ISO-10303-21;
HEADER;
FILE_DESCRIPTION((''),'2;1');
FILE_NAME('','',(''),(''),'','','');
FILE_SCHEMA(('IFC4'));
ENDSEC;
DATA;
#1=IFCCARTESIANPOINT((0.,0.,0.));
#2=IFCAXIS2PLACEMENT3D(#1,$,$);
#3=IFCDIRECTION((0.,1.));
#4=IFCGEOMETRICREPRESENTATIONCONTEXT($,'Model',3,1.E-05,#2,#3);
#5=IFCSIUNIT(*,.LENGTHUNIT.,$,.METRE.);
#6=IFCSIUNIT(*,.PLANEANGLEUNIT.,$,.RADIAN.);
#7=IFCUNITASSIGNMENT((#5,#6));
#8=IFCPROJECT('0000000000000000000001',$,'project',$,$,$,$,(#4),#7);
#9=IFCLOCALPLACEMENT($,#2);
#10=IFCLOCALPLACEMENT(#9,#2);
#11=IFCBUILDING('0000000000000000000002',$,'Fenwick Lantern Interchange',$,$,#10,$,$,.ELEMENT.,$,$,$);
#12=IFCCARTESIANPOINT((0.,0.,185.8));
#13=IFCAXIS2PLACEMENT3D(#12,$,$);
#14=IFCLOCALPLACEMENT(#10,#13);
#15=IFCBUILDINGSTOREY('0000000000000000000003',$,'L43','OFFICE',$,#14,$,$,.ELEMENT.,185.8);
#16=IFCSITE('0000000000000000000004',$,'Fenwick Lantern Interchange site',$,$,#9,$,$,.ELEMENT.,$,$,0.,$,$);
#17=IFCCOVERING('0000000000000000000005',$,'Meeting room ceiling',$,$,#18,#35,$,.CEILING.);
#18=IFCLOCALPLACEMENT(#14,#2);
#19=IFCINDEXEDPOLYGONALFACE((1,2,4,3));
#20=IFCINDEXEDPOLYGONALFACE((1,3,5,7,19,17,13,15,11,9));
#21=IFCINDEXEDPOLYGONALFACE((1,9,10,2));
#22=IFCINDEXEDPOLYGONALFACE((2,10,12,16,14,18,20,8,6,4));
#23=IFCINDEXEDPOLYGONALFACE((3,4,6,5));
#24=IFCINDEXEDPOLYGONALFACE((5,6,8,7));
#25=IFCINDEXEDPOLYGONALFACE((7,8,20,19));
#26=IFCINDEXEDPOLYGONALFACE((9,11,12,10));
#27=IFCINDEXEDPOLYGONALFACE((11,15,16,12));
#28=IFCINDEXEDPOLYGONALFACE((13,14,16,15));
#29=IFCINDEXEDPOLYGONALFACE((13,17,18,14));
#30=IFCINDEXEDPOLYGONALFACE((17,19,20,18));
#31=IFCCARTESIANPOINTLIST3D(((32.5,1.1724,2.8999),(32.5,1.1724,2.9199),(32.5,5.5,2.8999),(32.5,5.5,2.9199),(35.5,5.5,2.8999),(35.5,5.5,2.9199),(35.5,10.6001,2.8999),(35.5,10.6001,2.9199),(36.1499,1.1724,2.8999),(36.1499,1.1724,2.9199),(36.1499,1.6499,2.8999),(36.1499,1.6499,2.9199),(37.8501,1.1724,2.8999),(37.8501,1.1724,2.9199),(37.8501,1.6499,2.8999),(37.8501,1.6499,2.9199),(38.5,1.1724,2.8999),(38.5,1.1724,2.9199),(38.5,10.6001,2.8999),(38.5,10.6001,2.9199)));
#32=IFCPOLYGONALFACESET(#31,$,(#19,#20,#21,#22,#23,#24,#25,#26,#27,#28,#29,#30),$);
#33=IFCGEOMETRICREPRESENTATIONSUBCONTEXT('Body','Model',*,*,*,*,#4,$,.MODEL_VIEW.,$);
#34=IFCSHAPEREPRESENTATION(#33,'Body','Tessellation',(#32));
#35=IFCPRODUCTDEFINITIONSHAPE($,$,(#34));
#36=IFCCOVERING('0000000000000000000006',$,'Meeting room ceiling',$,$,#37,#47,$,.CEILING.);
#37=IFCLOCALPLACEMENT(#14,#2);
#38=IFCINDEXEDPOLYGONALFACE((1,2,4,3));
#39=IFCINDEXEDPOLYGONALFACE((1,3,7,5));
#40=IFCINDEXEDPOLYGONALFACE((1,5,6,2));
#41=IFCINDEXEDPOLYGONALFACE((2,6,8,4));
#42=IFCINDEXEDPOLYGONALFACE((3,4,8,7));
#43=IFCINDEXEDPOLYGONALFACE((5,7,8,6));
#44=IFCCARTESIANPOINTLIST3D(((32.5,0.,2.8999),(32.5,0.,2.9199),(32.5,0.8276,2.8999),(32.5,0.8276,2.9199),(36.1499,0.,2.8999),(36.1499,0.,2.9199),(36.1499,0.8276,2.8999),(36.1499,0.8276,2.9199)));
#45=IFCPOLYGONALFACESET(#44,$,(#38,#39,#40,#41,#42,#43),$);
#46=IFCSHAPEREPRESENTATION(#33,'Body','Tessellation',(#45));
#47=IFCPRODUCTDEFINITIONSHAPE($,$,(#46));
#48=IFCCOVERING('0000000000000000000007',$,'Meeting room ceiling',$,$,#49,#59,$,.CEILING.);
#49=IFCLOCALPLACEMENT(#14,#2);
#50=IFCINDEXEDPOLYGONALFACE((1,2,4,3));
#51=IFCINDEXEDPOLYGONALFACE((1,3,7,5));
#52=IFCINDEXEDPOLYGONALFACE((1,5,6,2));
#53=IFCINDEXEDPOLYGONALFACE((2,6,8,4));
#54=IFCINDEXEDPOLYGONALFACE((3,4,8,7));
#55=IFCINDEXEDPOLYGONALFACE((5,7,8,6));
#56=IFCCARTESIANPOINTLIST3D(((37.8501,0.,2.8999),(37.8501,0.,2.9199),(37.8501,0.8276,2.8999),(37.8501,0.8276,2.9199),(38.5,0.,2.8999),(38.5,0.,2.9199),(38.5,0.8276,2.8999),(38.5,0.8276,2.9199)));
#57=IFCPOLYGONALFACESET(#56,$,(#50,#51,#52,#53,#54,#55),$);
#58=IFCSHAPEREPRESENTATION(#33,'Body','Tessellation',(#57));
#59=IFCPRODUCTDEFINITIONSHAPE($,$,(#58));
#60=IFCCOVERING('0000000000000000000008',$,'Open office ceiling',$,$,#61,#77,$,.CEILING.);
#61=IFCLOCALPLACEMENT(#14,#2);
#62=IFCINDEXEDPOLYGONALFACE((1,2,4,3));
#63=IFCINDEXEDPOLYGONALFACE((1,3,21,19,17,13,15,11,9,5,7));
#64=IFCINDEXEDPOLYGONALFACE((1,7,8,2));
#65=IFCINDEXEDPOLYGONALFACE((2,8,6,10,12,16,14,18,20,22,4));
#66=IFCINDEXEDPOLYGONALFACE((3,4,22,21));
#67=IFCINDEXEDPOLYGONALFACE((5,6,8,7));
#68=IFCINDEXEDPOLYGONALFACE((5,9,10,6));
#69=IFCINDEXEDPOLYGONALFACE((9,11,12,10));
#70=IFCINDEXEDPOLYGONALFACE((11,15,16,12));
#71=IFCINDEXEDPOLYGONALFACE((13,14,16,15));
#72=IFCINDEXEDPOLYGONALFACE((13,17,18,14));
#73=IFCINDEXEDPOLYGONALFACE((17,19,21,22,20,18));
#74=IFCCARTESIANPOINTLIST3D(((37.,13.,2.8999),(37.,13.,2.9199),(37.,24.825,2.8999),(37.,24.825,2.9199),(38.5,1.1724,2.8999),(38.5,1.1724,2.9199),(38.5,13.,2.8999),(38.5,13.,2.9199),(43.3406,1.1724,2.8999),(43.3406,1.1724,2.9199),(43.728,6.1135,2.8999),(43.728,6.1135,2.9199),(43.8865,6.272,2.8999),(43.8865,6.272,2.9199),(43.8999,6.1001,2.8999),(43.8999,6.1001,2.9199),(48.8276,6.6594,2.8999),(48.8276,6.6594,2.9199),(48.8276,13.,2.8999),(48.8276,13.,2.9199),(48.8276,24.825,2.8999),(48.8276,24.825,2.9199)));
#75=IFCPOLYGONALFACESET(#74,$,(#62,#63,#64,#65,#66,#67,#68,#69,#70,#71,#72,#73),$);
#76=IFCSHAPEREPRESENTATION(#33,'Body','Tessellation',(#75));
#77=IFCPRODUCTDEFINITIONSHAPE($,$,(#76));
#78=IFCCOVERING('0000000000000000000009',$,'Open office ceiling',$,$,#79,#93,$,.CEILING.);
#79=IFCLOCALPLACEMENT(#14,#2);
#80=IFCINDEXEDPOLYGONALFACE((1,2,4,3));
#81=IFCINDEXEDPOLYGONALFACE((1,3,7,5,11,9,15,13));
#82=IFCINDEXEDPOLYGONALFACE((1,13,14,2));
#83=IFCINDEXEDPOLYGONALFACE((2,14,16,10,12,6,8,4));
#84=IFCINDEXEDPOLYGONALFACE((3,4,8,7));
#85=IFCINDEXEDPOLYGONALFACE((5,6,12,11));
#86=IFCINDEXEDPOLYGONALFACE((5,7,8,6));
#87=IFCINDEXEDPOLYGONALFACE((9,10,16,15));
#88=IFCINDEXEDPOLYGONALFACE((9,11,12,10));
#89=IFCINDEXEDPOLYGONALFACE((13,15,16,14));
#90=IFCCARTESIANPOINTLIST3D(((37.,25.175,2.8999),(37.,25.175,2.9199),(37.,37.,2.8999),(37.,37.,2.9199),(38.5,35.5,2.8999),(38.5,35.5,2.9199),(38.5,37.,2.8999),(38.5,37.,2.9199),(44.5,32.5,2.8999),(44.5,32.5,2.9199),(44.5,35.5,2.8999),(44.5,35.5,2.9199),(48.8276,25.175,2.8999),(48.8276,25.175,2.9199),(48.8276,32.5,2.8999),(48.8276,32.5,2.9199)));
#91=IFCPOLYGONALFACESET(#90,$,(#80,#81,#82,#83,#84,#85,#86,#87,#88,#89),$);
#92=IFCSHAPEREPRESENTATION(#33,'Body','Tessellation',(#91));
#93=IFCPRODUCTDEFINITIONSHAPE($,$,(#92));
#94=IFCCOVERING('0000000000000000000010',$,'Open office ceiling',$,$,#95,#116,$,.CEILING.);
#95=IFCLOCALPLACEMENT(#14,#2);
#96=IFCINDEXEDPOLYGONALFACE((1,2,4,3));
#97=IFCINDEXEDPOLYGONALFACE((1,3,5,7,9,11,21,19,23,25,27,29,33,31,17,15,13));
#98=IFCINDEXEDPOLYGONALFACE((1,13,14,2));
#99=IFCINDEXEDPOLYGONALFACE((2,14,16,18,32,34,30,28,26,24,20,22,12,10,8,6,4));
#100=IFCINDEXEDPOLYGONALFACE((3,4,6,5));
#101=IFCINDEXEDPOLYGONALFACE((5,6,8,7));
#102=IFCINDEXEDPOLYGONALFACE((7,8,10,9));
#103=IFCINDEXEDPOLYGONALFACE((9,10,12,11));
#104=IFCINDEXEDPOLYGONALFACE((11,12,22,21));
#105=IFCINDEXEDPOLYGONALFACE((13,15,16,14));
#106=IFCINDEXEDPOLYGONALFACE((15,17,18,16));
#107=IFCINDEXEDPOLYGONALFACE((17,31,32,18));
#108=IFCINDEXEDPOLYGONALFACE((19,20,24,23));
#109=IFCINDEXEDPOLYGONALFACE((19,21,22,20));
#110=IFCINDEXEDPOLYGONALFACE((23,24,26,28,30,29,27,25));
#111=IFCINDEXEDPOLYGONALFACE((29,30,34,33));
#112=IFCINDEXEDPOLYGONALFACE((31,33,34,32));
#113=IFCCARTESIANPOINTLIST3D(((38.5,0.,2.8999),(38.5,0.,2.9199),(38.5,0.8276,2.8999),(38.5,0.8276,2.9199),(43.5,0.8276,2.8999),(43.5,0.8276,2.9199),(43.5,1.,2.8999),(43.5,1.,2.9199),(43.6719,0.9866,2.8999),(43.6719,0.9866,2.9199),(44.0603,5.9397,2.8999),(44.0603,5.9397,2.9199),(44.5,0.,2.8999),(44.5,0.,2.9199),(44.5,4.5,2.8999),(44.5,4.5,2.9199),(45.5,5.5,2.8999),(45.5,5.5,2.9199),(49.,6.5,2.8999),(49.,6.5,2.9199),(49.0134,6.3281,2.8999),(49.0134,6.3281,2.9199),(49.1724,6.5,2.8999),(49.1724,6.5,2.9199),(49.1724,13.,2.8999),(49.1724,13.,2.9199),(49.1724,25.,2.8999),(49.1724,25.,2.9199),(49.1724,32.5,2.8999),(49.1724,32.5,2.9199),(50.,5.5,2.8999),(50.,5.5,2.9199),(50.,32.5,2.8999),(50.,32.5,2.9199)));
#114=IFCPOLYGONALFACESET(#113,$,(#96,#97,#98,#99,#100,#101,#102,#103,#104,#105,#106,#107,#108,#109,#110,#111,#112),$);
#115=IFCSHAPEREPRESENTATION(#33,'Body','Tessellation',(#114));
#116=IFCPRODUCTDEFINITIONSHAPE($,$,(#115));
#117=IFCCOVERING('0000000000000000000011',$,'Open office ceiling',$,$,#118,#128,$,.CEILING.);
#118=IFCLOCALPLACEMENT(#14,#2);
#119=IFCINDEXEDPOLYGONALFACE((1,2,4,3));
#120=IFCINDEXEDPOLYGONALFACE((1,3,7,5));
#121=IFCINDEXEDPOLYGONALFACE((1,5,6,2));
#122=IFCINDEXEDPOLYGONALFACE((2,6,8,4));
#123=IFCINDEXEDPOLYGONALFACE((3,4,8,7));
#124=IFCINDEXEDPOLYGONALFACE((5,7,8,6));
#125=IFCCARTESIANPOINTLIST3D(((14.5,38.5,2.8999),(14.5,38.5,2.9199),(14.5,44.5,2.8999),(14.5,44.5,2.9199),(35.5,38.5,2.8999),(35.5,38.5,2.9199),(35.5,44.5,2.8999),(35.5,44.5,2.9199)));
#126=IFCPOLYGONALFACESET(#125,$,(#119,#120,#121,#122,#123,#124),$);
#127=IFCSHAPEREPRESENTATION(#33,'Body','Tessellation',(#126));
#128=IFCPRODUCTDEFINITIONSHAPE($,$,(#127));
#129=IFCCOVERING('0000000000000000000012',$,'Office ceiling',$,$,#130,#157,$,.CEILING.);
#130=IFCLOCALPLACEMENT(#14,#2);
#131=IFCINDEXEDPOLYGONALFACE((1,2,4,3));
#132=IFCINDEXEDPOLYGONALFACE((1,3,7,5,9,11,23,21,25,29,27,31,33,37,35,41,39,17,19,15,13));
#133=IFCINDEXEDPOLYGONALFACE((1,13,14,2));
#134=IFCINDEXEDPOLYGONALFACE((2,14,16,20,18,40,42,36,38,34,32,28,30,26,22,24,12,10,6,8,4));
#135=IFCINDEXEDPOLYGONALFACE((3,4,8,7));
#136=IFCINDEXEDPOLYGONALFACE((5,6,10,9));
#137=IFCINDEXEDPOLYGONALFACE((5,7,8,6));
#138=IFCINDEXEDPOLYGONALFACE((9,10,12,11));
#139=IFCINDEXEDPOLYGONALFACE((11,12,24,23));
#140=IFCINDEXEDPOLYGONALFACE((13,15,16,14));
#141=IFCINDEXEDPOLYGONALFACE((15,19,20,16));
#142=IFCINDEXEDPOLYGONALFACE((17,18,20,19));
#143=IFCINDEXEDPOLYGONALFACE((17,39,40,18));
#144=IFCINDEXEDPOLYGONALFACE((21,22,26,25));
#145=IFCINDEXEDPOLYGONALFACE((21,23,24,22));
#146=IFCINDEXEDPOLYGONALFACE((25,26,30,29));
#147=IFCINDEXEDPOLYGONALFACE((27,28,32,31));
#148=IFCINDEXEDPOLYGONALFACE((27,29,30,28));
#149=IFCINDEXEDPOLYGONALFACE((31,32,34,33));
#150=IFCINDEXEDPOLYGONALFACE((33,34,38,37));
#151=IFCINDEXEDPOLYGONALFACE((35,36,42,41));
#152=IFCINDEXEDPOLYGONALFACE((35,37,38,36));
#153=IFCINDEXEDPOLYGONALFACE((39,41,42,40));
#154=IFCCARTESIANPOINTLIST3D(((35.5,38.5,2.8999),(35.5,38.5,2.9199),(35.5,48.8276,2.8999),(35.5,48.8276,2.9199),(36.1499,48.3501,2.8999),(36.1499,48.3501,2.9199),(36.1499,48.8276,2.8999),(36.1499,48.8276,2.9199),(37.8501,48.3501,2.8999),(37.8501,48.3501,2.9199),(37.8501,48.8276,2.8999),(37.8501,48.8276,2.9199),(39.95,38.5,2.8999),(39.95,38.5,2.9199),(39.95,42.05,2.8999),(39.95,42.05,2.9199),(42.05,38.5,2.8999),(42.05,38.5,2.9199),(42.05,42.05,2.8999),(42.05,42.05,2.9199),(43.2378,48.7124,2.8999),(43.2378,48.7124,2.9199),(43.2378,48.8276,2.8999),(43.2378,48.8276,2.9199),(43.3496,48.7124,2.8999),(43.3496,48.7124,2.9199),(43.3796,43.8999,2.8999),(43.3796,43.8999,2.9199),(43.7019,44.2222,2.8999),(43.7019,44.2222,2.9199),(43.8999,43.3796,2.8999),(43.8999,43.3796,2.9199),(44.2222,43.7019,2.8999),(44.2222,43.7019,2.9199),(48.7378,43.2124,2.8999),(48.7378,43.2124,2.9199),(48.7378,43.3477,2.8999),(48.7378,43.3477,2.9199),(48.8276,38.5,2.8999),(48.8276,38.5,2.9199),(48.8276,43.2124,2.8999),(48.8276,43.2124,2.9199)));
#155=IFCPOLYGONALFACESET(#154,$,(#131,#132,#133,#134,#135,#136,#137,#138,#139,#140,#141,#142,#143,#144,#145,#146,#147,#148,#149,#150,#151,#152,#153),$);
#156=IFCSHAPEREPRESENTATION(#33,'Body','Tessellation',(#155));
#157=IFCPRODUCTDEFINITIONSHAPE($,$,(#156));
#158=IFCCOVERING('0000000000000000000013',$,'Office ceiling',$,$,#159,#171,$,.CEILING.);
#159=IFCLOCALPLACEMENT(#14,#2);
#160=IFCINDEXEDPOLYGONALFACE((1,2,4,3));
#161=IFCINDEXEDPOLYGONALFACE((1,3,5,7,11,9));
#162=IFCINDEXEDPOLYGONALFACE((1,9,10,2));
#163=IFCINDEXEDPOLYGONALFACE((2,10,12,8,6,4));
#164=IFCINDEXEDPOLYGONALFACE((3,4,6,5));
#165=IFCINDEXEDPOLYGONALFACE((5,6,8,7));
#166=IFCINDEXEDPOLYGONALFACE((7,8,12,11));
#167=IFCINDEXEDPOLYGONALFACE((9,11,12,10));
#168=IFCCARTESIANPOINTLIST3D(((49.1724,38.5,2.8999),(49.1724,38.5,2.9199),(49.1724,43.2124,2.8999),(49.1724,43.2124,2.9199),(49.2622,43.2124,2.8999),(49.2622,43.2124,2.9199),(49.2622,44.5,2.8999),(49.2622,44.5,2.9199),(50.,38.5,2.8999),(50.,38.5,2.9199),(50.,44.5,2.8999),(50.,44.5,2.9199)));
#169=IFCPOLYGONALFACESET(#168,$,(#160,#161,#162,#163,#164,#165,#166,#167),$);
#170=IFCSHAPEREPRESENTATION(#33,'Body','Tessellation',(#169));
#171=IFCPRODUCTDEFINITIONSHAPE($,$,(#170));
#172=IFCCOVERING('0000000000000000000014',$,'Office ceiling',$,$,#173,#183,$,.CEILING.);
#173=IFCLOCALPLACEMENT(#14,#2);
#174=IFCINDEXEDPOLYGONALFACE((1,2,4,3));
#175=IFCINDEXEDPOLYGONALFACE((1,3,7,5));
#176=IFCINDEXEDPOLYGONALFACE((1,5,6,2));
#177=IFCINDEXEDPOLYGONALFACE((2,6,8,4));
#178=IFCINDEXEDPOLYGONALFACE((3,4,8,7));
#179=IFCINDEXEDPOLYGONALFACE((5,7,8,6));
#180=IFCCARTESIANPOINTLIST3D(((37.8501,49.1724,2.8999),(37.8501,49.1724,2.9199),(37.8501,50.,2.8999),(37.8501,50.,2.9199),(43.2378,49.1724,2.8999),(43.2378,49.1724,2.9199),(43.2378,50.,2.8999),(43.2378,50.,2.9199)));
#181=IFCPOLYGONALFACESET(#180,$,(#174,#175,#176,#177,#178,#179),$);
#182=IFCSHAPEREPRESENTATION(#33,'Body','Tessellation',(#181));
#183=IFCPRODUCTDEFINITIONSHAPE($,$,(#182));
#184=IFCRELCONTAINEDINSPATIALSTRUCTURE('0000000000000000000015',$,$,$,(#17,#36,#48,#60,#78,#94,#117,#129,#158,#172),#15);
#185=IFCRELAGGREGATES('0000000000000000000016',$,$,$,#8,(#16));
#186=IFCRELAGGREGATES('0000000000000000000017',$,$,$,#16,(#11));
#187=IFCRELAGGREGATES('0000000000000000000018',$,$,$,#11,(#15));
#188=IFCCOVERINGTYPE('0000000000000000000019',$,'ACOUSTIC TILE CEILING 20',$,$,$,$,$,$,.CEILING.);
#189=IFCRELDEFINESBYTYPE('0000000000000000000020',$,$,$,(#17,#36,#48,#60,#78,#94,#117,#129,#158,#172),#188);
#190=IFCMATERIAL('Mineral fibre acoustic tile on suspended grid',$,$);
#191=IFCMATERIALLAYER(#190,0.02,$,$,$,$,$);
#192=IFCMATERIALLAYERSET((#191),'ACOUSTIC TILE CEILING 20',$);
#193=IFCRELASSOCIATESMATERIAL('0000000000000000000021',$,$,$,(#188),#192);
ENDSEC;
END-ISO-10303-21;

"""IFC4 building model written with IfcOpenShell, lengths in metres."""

from ifc_helpers import new_model, si_unit, direction, frame, origin, place, context, subcontext, project, spatial, polyline, outline, extrude, material, layer, layer_set, type_object, element, save


model = new_model("IFC4")

# Units and contexts
model_context = context("Model", 3, precision=1e-05, world=origin(), true_north=direction((0.0, 1.0)))
body_context = subcontext(model_context, "Body", "Model", "MODEL_VIEW")
ifc_project = project(units=[si_unit("LENGTHUNIT", "METRE"), si_unit("PLANEANGLEUNIT", "RADIAN")], contexts=[model_context])

# Site, building, storey
site_placement = place(None, origin())
site = spatial("IfcSite", under=ifc_project, at=site_placement, Name="Fenwick Lantern Interchange site", CompositionType="ELEMENT", RefElevation=0.0)
building_placement = place(site_placement, origin())
building = spatial("IfcBuilding", under=site, at=building_placement, Name="Fenwick Lantern Interchange", CompositionType="ELEMENT")
storey_placement = place(building_placement, frame((0.0, 0.0, 185.8)))
storey = spatial("IfcBuildingStorey", under=building, at=storey_placement, Name="L43", Description="OFFICE", CompositionType="ELEMENT", Elevation=185.8)

# Coverings
ifc_material = material(Name="Mineral fibre acoustic tile on suspended grid")
ifc_layer = layer(ifc_material, 0.02)
ifc_layer_set = layer_set([ifc_layer], Name="ACOUSTIC TILE CEILING 20")
covering_type = type_object("IfcCoveringType", Name="ACOUSTIC TILE CEILING 20", PredefinedType="CEILING", material=ifc_layer_set)
covering_1_placement = place(storey_placement, frame((0.0, 0.0, 2.8999)))
element("IfcCovering", 1, at=covering_1_placement, inside=storey, type_object=covering_type, Name="Meeting room ceiling", PredefinedType="CEILING", context=body_context, shape_type="SweptSolid", body=[
    extrude(outline(polyline([(37.8501, 1.6499), (37.8501, 1.1724), (38.5, 1.1724), (38.5, 10.6001), (35.5, 10.6001), (35.5, 5.5), (32.5, 5.5), (32.5, 1.1724), (36.1499, 1.1724), (36.1499, 1.6499), (37.8501, 1.6499)])), origin(), (0.0, 0.0, 1.0), 0.02),
])
covering_2_placement = place(storey_placement, frame((0.0, 0.0, 2.8999)))
element("IfcCovering", 2, at=covering_2_placement, inside=storey, type_object=covering_type, Name="Meeting room ceiling", PredefinedType="CEILING", context=body_context, shape_type="SweptSolid", body=[
    extrude(outline(polyline([(36.1499, 0.0), (36.1499, 0.8276), (32.5, 0.8276), (32.5, 0.0), (36.1499, 0.0)])), origin(), (0.0, 0.0, 1.0), 0.02),
])
covering_3_placement = place(storey_placement, frame((0.0, 0.0, 2.8999)))
element("IfcCovering", 3, at=covering_3_placement, inside=storey, type_object=covering_type, Name="Meeting room ceiling", PredefinedType="CEILING", context=body_context, shape_type="SweptSolid", body=[
    extrude(outline(polyline([(37.8501, 0.8276), (37.8501, 0.0), (38.5, 0.0), (38.5, 0.8276), (37.8501, 0.8276)])), origin(), (0.0, 0.0, 1.0), 0.02),
])
covering_4_placement = place(storey_placement, frame((0.0, 0.0, 2.8999)))
element("IfcCovering", 4, at=covering_4_placement, inside=storey, type_object=covering_type, Name="Open office ceiling", PredefinedType="CEILING", context=body_context, shape_type="SweptSolid", body=[
    extrude(outline(polyline([(38.5, 13.0), (38.5, 1.1724), (43.3406, 1.1724), (43.728, 6.1135), (43.8999, 6.1001), (43.8865, 6.272), (48.8276, 6.6594), (48.8276, 13.0), (48.8276, 24.825), (37.0, 24.825), (37.0, 13.0), (38.5, 13.0)])), origin(), (0.0, 0.0, 1.0), 0.02),
])
covering_5_placement = place(storey_placement, frame((0.0, 0.0, 2.8999)))
element("IfcCovering", 5, at=covering_5_placement, inside=storey, type_object=covering_type, Name="Open office ceiling", PredefinedType="CEILING", context=body_context, shape_type="SweptSolid", body=[
    extrude(outline(polyline([(37.0, 37.0), (37.0, 25.175), (48.8276, 25.175), (48.8276, 32.5), (44.5, 32.5), (44.5, 35.5), (38.5, 35.5), (38.5, 37.0), (37.0, 37.0)])), origin(), (0.0, 0.0, 1.0), 0.02),
])
covering_6_placement = place(storey_placement, frame((0.0, 0.0, 2.8999)))
element("IfcCovering", 6, at=covering_6_placement, inside=storey, type_object=covering_type, Name="Open office ceiling", PredefinedType="CEILING", context=body_context, shape_type="SweptSolid", body=[
    extrude(outline(polyline([(45.5, 5.5), (50.0, 5.5), (50.0, 32.5), (49.1724, 32.5), (49.1724, 25.0), (49.1724, 13.0), (49.1724, 6.5), (49.0, 6.5), (49.0134, 6.3281), (44.0603, 5.9397), (43.6719, 0.9866), (43.5, 1.0), (43.5, 0.8276), (38.5, 0.8276), (38.5, 0.0), (44.5, 0.0), (44.5, 4.5), (45.5, 5.5)])), origin(), (0.0, 0.0, 1.0), 0.02),
])
covering_7_placement = place(storey_placement, frame((0.0, 0.0, 2.8999)))
element("IfcCovering", 7, at=covering_7_placement, inside=storey, type_object=covering_type, Name="Open office ceiling", PredefinedType="CEILING", context=body_context, shape_type="SweptSolid", body=[
    extrude(outline(polyline([(35.5, 38.5), (35.5, 44.5), (14.5, 44.5), (14.5, 38.5), (35.5, 38.5)])), origin(), (0.0, 0.0, 1.0), 0.02),
])
covering_8_placement = place(storey_placement, frame((0.0, 0.0, 2.8999)))
element("IfcCovering", 8, at=covering_8_placement, inside=storey, type_object=covering_type, Name="Office ceiling", PredefinedType="CEILING", context=body_context, shape_type="SweptSolid", body=[
    extrude(outline(polyline([(42.05, 38.5), (48.8276, 38.5), (48.8276, 43.2124), (48.7378, 43.2124), (48.7378, 43.3477), (44.2222, 43.7019), (43.8999, 43.3796), (43.3796, 43.8999), (43.7019, 44.2222), (43.3496, 48.7124), (43.2378, 48.7124), (43.2378, 48.8276), (37.8501, 48.8276), (37.8501, 48.3501), (36.1499, 48.3501), (36.1499, 48.8276), (35.5, 48.8276), (35.5, 38.5), (39.95, 38.5), (39.95, 42.05), (42.05, 42.05), (42.05, 38.5)])), origin(), (0.0, 0.0, 1.0), 0.02),
])
covering_9_placement = place(storey_placement, frame((0.0, 0.0, 2.8999)))
element("IfcCovering", 9, at=covering_9_placement, inside=storey, type_object=covering_type, Name="Office ceiling", PredefinedType="CEILING", context=body_context, shape_type="SweptSolid", body=[
    extrude(outline(polyline([(49.2622, 44.5), (49.2622, 43.2124), (49.1724, 43.2124), (49.1724, 38.5), (50.0, 38.5), (50.0, 44.5), (49.2622, 44.5)])), origin(), (0.0, 0.0, 1.0), 0.02),
])
covering_10_placement = place(storey_placement, frame((0.0, 0.0, 2.8999)))
element("IfcCovering", 10, at=covering_10_placement, inside=storey, type_object=covering_type, Name="Office ceiling", PredefinedType="CEILING", context=body_context, shape_type="SweptSolid", body=[
    extrude(outline(polyline([(37.8501, 50.0), (37.8501, 49.1724), (43.2378, 49.1724), (43.2378, 50.0), (37.8501, 50.0)])), origin(), (0.0, 0.0, 1.0), 0.02),
])

save(model, "model.ifc")
